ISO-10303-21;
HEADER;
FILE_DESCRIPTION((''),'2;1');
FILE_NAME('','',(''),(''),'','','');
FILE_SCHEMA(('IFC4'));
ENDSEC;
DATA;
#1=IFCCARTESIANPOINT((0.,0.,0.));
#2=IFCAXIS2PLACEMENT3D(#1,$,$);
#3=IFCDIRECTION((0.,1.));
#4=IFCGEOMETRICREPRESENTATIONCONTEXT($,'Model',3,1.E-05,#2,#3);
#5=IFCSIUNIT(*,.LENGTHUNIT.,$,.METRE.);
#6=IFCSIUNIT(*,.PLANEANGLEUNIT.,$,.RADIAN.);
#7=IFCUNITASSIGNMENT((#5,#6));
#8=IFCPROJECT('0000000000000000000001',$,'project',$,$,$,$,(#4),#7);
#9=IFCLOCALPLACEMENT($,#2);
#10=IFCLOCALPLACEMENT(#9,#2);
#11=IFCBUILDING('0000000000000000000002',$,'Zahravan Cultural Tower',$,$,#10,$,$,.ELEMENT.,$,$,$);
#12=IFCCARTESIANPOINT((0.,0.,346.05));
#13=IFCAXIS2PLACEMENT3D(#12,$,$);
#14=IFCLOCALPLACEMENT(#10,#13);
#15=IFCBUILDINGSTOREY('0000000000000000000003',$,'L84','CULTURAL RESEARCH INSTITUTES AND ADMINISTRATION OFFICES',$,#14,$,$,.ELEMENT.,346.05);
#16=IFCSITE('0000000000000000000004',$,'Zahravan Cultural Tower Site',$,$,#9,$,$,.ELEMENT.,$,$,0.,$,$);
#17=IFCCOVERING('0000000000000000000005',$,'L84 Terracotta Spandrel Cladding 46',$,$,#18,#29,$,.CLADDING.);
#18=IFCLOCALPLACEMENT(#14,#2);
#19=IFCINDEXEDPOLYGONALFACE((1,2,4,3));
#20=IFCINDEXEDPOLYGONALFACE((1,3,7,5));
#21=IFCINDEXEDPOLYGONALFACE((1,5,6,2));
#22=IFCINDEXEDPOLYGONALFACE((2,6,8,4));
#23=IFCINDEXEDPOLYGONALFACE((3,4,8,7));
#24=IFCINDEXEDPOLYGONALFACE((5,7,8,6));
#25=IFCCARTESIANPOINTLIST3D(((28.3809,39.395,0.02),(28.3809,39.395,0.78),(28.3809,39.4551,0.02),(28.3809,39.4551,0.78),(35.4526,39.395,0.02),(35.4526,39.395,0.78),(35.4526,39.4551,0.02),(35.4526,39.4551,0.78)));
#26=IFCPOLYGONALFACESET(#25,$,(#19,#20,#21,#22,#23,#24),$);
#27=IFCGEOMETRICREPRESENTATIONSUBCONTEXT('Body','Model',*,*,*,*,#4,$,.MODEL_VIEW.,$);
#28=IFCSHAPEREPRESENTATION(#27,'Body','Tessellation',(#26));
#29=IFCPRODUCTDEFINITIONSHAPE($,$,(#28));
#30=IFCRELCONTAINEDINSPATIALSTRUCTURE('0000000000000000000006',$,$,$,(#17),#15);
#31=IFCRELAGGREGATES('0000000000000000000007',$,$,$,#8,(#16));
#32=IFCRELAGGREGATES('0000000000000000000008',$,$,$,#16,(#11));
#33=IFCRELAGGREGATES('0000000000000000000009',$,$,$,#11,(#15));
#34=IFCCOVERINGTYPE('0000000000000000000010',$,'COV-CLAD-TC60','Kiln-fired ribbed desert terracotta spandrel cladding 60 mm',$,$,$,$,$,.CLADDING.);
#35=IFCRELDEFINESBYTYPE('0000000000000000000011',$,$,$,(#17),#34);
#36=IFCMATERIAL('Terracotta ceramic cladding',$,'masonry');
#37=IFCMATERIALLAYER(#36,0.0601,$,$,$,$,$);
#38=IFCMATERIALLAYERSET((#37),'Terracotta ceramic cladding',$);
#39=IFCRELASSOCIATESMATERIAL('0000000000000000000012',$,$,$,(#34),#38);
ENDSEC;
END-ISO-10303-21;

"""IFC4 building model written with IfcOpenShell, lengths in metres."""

from ifc_helpers import new_model, si_unit, direction, frame, origin, origin_2d, place, context, subcontext, project, spatial, rectangle, extrude, source, transform, mapped, material, layer, layer_set, type_object, element, save


model = new_model("IFC4")

# Units and contexts
model_context = context("Model", 3, precision=1e-05, world=origin(), true_north=direction((0.0, 1.0)))
body_context = subcontext(model_context, "Body", "Model", "MODEL_VIEW")
ifc_project = project(units=[si_unit("LENGTHUNIT", "METRE"), si_unit("PLANEANGLEUNIT", "RADIAN")], contexts=[model_context])

# Site, building, storey
site_placement = place(None, origin())
site = spatial("IfcSite", under=ifc_project, at=site_placement, Name="Zahravan Cultural Tower Site", CompositionType="ELEMENT", RefElevation=0.0)
building_placement = place(site_placement, origin())
building = spatial("IfcBuilding", under=site, at=building_placement, Name="Zahravan Cultural Tower", CompositionType="ELEMENT")
storey_placement = place(building_placement, frame((0.0, 0.0, 346.05)))
storey = spatial("IfcBuildingStorey", under=building, at=storey_placement, Name="L84", Description="CULTURAL RESEARCH INSTITUTES AND ADMINISTRATION OFFICES", CompositionType="ELEMENT", Elevation=346.05)

# Covering
ifc_material_1 = material(Name="Terracotta ceramic cladding", Category="masonry")
ifc_layer_1 = layer(ifc_material_1, 0.0601)
ifc_layer_set_1 = layer_set([ifc_layer_1], Name="Terracotta ceramic cladding")
covering_type = type_object("IfcCoveringType", Name="COV-CLAD-TC60", Description="Kiln-fired ribbed desert terracotta spandrel cladding 60 mm", PredefinedType="CLADDING", material=ifc_layer_set_1)
shared_shape_1 = source(origin(), body_context, "Body", "SweptSolid", [
    extrude(rectangle(XDim=7.0718, YDim=0.0601, at=origin_2d()), origin(), (0.0, 0.0, 1.0), 0.76),
])
covering_1_placement = place(storey_placement, frame((31.9167, 39.425, 0.02), z_axis=(0.0, 0.0, 1.0), x_axis=(1.0, 0.0, 0.0)))
element("IfcCovering", 1, at=covering_1_placement, inside=storey, type_object=covering_type, Name="L84 Terracotta Spandrel Cladding 46", PredefinedType="CLADDING", context=body_context, shape_type="MappedRepresentation", body=[
    mapped(shared_shape_1, transform((0.0, 0.0, 0.0), x_axis=(1.0, 0.0, 0.0), y_axis=(0.0, 1.0, 0.0), z_axis=(0.0, 0.0, 1.0), scale=1.0)),
])

save(model, "model.ifc")
